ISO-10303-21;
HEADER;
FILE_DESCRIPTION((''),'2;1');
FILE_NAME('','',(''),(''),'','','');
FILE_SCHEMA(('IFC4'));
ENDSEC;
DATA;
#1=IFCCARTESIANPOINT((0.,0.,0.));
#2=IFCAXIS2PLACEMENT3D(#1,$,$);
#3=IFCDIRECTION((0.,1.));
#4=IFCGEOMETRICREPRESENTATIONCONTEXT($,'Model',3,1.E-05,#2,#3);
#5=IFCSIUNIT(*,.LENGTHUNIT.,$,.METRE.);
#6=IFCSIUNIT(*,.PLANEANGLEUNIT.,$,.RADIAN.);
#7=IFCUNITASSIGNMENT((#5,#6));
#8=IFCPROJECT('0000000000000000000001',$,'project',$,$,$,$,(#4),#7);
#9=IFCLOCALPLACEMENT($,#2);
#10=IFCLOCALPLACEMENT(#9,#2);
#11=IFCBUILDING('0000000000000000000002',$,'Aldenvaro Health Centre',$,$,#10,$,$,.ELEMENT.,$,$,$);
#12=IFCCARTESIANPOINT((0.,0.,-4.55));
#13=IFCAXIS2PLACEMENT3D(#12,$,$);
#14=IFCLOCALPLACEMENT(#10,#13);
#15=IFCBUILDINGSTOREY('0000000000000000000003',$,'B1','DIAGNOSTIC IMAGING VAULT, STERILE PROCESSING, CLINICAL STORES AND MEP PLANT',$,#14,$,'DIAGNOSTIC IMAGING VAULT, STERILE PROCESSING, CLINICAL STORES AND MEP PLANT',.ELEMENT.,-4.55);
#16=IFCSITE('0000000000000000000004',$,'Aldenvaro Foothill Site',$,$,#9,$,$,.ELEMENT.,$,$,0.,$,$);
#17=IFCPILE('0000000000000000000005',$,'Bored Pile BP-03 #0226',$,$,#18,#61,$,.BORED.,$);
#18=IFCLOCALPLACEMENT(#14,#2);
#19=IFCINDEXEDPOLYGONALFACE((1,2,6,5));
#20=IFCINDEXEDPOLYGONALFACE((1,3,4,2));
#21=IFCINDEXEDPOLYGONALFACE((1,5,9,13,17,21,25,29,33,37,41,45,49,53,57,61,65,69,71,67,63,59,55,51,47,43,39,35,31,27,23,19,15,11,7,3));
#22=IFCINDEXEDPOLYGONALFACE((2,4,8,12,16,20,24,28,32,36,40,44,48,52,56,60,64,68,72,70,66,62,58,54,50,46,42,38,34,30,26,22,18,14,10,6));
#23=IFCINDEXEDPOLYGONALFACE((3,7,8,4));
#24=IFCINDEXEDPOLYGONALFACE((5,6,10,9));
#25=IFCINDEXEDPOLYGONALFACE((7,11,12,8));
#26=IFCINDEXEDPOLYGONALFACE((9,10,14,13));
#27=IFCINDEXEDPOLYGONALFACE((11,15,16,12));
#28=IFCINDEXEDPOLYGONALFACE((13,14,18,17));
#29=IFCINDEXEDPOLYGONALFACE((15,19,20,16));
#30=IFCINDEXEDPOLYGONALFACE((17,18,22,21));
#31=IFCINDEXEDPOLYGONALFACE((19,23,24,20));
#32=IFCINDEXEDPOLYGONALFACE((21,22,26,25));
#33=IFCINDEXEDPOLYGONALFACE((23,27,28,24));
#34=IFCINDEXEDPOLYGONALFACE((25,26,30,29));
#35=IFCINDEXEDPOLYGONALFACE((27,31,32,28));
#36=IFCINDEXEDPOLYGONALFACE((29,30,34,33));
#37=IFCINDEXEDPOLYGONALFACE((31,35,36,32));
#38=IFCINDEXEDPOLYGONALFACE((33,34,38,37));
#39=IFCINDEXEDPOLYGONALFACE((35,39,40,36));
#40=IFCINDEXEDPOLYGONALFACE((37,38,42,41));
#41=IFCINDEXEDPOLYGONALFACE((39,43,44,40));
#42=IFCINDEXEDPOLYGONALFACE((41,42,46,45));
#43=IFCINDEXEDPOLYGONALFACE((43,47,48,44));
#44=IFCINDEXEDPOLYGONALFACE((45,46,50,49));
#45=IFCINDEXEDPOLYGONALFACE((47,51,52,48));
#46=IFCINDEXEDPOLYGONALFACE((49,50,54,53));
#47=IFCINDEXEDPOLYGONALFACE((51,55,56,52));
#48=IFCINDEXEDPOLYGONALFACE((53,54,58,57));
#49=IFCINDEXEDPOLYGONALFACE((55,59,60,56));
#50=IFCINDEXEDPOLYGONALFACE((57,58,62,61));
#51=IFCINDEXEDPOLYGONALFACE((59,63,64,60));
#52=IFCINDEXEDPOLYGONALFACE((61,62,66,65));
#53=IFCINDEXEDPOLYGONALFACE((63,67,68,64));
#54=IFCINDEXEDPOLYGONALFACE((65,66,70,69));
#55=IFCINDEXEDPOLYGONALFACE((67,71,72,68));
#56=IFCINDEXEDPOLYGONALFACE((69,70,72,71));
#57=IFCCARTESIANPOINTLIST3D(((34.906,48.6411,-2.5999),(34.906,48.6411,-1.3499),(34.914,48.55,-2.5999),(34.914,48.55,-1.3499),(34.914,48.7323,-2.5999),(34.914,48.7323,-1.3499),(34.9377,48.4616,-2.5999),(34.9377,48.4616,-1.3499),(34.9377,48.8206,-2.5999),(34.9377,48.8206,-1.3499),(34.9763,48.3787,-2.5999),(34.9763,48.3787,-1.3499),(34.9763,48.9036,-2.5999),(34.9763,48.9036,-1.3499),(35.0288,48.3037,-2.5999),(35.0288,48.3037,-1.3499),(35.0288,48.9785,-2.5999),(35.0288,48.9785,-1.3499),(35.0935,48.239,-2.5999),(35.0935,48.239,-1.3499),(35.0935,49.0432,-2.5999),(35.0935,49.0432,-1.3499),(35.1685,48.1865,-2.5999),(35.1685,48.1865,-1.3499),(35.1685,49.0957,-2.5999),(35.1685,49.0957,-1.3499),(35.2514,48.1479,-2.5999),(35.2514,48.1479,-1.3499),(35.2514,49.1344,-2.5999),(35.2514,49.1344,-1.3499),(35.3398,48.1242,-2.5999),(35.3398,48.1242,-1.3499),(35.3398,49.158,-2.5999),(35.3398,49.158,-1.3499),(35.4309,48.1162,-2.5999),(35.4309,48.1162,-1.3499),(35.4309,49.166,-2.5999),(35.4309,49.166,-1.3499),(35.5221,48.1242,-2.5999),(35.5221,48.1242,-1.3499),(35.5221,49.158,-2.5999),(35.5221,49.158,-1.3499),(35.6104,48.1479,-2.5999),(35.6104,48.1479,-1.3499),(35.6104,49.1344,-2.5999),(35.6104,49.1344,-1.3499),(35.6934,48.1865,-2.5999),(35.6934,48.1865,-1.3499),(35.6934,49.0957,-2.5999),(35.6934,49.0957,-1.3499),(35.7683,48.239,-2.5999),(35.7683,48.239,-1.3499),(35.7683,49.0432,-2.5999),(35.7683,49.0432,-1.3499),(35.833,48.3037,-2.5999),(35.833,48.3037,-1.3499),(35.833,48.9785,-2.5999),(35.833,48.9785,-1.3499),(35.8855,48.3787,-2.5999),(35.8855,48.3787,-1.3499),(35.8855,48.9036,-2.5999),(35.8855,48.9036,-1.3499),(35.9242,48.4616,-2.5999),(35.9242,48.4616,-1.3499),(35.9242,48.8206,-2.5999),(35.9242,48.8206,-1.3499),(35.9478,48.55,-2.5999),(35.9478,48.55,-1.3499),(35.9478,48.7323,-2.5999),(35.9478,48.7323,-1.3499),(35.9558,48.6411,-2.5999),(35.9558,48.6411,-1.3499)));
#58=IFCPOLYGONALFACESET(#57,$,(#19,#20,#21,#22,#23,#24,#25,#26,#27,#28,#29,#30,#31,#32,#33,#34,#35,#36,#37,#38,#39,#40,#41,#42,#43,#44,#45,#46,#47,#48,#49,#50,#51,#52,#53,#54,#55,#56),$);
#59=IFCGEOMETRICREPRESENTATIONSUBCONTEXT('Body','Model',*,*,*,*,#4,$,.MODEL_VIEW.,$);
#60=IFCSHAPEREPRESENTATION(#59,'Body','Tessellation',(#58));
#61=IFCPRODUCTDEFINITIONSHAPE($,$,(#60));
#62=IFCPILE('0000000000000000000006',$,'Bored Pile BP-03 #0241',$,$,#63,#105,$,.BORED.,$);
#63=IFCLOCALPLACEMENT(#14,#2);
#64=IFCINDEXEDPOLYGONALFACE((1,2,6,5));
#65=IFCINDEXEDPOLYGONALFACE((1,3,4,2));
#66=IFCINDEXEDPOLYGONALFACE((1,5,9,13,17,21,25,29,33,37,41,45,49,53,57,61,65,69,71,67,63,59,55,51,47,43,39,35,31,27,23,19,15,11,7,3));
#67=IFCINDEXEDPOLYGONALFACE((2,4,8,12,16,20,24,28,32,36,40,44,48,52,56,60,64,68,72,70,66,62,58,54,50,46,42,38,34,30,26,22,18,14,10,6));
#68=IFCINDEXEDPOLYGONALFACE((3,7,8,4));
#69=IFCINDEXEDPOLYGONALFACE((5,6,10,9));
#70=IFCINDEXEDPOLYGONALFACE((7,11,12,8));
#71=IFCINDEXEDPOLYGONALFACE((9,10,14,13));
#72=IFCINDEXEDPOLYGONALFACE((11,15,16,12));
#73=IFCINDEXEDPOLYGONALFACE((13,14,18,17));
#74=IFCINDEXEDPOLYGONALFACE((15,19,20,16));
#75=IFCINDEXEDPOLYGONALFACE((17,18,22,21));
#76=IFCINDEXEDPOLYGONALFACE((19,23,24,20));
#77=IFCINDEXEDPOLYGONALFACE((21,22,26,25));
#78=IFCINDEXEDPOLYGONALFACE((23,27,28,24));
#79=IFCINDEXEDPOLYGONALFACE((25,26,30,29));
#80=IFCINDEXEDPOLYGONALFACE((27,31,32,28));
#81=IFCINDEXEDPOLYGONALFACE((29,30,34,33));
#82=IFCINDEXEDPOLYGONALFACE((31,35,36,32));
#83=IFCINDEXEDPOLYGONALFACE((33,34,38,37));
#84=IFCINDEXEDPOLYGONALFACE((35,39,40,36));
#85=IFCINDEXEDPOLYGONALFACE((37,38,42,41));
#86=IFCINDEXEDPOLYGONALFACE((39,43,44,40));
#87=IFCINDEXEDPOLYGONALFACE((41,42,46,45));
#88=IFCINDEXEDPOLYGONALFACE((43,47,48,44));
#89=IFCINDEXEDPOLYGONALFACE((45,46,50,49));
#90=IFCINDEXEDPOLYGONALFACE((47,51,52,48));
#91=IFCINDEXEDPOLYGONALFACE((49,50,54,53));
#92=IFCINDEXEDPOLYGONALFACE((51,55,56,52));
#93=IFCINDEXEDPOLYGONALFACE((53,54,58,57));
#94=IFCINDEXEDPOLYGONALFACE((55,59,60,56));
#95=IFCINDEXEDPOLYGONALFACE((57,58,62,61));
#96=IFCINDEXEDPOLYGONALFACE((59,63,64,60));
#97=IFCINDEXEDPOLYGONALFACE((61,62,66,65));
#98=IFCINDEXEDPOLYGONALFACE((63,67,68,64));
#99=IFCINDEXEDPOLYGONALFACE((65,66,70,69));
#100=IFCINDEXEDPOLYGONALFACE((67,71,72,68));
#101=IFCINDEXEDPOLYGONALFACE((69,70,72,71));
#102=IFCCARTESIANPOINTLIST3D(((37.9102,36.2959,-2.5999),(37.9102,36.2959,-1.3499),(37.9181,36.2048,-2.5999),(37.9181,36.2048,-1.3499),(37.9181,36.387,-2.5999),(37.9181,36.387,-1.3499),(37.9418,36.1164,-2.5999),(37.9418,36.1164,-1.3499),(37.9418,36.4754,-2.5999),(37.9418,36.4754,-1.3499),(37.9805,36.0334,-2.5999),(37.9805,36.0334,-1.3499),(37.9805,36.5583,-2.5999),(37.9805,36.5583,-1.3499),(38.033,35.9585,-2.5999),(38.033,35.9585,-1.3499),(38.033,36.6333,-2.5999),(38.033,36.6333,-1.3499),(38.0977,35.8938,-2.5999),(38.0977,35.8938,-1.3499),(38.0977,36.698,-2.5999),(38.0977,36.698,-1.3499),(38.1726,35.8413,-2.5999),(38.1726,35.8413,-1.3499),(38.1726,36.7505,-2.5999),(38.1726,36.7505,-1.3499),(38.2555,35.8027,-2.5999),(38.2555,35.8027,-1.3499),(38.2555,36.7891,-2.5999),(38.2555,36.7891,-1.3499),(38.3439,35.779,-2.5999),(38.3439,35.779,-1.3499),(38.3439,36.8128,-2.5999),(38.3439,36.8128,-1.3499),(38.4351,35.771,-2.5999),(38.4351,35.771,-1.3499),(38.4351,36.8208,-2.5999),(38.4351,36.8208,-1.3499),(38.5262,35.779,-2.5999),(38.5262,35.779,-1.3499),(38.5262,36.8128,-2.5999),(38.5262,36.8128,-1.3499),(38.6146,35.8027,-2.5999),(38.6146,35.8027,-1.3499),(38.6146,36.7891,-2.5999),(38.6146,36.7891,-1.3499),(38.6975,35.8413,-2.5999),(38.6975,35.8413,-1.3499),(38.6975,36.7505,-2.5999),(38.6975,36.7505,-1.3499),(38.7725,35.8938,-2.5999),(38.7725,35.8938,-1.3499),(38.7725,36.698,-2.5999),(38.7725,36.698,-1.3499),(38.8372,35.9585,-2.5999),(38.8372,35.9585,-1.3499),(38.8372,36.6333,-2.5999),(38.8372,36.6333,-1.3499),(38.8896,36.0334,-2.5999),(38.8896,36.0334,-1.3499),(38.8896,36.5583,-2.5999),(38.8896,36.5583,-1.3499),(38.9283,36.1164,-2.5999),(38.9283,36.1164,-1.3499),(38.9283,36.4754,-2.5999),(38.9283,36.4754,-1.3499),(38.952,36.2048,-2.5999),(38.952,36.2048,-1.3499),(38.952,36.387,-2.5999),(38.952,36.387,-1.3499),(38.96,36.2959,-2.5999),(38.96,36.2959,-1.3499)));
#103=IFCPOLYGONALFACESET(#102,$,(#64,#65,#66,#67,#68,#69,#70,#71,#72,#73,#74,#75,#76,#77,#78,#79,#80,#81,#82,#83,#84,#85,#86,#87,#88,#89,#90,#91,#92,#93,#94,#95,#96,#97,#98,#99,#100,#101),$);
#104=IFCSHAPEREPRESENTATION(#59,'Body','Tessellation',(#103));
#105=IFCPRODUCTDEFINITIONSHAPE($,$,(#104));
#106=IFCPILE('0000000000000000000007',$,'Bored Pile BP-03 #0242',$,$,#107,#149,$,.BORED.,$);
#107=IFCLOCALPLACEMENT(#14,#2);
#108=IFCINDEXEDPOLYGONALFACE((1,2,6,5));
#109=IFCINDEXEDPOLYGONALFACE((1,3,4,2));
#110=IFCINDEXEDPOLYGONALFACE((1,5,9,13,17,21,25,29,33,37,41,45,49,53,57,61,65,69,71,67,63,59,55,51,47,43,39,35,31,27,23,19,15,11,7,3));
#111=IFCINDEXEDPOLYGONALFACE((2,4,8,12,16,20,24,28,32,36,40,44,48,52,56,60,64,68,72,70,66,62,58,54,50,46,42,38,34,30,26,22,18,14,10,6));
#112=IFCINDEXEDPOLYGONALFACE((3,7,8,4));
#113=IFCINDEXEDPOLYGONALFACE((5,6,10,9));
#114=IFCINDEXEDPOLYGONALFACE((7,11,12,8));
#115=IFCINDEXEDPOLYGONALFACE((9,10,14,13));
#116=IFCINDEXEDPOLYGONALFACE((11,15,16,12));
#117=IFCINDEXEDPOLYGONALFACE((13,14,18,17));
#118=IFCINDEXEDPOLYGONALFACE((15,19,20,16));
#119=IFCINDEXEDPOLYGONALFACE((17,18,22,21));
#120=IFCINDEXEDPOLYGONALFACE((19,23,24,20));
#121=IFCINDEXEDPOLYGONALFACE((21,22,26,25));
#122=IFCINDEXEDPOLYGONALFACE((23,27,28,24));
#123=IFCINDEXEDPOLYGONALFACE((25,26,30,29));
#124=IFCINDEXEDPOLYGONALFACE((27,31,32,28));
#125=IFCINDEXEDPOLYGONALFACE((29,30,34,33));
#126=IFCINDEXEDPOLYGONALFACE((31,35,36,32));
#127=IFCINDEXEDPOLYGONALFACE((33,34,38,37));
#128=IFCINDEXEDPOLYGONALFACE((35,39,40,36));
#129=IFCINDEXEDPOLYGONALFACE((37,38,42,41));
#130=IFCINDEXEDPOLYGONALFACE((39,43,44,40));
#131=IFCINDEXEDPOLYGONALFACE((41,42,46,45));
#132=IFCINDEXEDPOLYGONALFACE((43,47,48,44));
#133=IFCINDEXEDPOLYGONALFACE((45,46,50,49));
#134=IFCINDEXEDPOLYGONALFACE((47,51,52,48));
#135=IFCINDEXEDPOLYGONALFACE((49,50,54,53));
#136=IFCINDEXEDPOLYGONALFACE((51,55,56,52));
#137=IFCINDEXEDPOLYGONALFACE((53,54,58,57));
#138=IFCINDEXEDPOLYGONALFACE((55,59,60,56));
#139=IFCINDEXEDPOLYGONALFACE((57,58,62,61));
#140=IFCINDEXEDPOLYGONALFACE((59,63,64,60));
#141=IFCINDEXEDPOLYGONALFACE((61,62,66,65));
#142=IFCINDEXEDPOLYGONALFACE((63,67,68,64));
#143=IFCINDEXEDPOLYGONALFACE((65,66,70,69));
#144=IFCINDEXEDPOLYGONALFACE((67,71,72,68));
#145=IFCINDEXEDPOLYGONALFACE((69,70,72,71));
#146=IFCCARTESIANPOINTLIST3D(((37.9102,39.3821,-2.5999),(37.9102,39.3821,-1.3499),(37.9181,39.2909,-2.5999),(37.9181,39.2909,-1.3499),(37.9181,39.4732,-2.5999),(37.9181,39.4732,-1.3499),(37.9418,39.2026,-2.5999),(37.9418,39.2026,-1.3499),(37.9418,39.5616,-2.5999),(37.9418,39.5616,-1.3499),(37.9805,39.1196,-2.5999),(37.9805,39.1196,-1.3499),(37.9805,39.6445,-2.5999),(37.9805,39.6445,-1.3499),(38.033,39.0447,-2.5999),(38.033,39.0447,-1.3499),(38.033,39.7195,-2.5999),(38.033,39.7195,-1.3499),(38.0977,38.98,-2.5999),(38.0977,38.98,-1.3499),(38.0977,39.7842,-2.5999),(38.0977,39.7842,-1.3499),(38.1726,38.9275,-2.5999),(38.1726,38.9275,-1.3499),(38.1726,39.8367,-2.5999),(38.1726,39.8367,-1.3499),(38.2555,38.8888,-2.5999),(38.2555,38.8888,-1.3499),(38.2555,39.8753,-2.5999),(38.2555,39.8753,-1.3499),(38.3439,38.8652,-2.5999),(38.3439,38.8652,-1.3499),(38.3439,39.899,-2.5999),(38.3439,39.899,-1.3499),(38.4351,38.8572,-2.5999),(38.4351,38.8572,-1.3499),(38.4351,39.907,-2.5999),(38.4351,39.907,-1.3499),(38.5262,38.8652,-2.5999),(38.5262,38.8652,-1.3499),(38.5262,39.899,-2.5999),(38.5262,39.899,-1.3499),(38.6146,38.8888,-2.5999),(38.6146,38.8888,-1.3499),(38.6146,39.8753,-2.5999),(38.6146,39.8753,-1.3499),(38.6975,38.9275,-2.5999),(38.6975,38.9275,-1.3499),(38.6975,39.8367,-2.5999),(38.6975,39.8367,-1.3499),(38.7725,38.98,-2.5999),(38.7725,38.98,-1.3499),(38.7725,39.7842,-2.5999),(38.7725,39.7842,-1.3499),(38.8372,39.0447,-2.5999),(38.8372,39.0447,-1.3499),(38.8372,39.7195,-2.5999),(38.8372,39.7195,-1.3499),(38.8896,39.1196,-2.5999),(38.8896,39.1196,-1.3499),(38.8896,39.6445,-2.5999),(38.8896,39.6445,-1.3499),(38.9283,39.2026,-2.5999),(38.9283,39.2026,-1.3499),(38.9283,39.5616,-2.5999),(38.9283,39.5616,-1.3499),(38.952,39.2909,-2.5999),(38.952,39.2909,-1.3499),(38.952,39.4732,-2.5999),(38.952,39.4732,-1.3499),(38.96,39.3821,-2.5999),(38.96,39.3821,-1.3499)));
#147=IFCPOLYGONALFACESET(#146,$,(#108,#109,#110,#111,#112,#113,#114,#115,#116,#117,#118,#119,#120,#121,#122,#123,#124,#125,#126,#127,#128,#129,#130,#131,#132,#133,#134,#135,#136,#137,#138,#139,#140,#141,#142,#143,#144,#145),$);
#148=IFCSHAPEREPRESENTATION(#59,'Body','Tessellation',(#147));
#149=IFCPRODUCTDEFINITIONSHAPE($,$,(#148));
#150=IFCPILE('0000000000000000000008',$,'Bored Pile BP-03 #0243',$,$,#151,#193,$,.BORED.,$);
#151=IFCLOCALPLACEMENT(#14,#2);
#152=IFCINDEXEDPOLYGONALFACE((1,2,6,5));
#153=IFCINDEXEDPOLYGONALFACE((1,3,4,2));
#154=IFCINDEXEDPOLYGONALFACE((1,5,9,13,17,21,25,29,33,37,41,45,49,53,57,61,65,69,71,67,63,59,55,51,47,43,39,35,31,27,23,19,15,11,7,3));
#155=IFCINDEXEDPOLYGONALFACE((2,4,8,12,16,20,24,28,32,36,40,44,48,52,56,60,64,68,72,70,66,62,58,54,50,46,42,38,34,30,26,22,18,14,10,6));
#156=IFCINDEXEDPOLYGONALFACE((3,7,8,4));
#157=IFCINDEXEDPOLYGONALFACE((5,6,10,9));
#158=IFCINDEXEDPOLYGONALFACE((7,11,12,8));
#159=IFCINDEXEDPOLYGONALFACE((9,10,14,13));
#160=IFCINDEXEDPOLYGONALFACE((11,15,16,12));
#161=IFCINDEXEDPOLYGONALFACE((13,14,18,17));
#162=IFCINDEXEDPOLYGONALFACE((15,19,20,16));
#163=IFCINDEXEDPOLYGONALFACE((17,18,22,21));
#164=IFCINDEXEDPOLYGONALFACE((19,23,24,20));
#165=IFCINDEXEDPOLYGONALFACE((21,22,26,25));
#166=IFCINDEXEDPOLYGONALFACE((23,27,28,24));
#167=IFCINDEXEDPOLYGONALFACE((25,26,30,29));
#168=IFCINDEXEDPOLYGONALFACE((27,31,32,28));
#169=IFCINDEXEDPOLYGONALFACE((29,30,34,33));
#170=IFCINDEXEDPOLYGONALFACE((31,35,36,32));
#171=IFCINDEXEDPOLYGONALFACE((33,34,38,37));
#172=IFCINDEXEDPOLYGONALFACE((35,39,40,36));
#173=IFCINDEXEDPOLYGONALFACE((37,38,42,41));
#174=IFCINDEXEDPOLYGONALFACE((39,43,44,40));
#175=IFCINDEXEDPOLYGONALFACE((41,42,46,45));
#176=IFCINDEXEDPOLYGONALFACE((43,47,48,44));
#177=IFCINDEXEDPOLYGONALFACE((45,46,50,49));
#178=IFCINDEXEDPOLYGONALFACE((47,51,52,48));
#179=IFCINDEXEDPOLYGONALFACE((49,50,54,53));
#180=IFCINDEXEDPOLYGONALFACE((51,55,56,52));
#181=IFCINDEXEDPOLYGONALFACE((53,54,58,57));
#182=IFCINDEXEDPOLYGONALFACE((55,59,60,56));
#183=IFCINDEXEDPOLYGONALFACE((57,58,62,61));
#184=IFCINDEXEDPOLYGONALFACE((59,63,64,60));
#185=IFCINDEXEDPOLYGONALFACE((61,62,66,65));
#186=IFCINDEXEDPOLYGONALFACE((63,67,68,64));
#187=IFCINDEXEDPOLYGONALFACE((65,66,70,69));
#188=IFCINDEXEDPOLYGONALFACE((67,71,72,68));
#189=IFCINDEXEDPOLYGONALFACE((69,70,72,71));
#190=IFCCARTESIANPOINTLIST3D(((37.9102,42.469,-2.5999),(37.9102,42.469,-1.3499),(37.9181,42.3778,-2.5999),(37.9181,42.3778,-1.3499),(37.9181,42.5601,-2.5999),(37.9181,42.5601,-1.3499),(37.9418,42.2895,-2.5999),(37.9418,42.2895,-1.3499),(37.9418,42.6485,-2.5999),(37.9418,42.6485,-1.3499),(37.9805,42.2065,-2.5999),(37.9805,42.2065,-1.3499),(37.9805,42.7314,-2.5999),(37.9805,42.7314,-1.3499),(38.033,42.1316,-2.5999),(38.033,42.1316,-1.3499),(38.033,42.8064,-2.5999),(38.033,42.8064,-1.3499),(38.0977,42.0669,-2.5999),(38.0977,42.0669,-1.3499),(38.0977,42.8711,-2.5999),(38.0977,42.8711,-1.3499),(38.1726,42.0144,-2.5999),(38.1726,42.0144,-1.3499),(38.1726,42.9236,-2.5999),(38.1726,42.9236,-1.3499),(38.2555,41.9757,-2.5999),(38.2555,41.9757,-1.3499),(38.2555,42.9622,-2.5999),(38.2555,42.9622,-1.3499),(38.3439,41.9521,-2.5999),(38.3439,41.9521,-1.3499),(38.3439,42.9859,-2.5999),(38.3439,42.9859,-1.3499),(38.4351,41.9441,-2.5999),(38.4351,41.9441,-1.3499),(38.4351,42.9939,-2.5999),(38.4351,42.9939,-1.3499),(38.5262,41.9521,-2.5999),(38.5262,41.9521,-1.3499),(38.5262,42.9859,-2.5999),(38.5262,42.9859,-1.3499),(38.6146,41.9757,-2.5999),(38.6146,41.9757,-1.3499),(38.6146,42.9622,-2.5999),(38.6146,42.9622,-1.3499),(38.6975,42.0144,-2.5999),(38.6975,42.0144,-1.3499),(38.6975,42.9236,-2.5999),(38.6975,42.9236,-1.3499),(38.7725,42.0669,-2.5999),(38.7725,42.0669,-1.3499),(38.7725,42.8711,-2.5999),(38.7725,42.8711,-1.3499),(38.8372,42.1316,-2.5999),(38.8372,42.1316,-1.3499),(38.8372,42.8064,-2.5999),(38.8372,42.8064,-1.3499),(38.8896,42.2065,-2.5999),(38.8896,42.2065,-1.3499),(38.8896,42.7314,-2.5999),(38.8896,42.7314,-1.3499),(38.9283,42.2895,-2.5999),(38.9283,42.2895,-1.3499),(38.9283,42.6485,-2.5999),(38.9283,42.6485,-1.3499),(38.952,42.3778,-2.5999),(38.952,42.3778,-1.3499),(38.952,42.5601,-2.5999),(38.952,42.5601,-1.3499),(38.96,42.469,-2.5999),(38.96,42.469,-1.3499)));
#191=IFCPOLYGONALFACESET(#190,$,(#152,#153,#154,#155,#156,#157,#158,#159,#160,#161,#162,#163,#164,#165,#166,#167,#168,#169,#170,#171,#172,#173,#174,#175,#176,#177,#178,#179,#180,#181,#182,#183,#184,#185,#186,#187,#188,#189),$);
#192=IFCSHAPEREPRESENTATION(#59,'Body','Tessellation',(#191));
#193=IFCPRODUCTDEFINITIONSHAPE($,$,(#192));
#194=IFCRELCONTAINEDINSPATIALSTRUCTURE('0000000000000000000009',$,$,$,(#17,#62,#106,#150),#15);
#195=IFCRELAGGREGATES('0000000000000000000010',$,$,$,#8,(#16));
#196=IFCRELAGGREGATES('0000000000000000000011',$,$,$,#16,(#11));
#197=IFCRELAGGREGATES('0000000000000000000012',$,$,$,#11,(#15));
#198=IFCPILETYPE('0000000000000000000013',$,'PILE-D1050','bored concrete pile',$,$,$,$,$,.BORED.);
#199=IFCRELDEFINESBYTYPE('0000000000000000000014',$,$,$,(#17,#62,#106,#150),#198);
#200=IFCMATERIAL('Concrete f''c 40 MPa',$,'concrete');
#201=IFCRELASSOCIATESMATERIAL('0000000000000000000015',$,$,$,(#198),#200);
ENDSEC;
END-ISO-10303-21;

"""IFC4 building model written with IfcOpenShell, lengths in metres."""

from ifc_helpers import new_model, si_unit, direction, frame, origin, origin_2d, place, context, subcontext, project, spatial, circle, extrude, material, material_profile, profile_set, type_object, element, save


model = new_model("IFC4")

# Units and contexts
model_context = context("Model", 3, precision=1e-05, world=origin(), true_north=direction((0.0, 1.0)))
body_context = subcontext(model_context, "Body", "Model", "MODEL_VIEW")
ifc_project = project(units=[si_unit("LENGTHUNIT", "METRE"), si_unit("PLANEANGLEUNIT", "RADIAN")], contexts=[model_context])

# Site, building, storey
site_placement = place(None, origin())
site = spatial("IfcSite", under=ifc_project, at=site_placement, Name="Aldenvaro Foothill Site", CompositionType="ELEMENT", RefElevation=0.0)
building_placement = place(site_placement, origin())
building = spatial("IfcBuilding", under=site, at=building_placement, Name="Aldenvaro Health Centre", CompositionType="ELEMENT")
storey_placement = place(building_placement, frame((0.0, 0.0, -4.55)))
storey = spatial("IfcBuildingStorey", under=building, at=storey_placement, Name="B1", Description="DIAGNOSTIC IMAGING VAULT, STERILE PROCESSING, CLINICAL STORES AND MEP PLANT", LongName="DIAGNOSTIC IMAGING VAULT, STERILE PROCESSING, CLINICAL STORES AND MEP PLANT", CompositionType="ELEMENT", Elevation=-4.55)

# Piles
ifc_material_1 = material(Name="Concrete f'c 40 MPa", Category="concrete")
ifc_material_profile_1 = material_profile(ifc_material_1, circle(Radius=0.5249, at=origin_2d()), Name="PILE D1050", Category="concrete")
ifc_profile_set_1 = profile_set([ifc_material_profile_1], Name="Concrete f'c 40 MPa")
pile_type = type_object("IfcPileType", Name="PILE-D1050", Description="bored concrete pile", PredefinedType="BORED", material=ifc_profile_set_1)
for number, where, z_axis, x_axis, name in (
    (1, (35.4309, 48.6411, -1.3499), (0.0, 0.0, -1.0), (1.0, 0.0, 0.0), "Bored Pile BP-03 #0226"),
    (2, (38.4351, 36.2959, -1.3499), (0.0, 0.0, -1.0), (1.0, 0.0, 0.0), "Bored Pile BP-03 #0241"),
    (3, (38.4351, 39.3821, -1.3499), (0.0, 0.0, -1.0), (1.0, 0.0, 0.0), "Bored Pile BP-03 #0242"),
    (4, (38.4351, 42.469, -1.3499), (0.0, 0.0, -1.0), (1.0, 0.0, 0.0), "Bored Pile BP-03 #0243"),
):
    element("IfcPile", number, at=place(storey_placement, frame(where, z_axis=z_axis, x_axis=x_axis)), inside=storey, type_object=pile_type, Name=name, PredefinedType="BORED", context=body_context, shape_type="SweptSolid", body=[
        extrude(circle(Radius=0.5249, at=origin_2d()), origin(), (0.0, 0.0, 1.0), 1.25),
    ])

save(model, "model.ifc")
